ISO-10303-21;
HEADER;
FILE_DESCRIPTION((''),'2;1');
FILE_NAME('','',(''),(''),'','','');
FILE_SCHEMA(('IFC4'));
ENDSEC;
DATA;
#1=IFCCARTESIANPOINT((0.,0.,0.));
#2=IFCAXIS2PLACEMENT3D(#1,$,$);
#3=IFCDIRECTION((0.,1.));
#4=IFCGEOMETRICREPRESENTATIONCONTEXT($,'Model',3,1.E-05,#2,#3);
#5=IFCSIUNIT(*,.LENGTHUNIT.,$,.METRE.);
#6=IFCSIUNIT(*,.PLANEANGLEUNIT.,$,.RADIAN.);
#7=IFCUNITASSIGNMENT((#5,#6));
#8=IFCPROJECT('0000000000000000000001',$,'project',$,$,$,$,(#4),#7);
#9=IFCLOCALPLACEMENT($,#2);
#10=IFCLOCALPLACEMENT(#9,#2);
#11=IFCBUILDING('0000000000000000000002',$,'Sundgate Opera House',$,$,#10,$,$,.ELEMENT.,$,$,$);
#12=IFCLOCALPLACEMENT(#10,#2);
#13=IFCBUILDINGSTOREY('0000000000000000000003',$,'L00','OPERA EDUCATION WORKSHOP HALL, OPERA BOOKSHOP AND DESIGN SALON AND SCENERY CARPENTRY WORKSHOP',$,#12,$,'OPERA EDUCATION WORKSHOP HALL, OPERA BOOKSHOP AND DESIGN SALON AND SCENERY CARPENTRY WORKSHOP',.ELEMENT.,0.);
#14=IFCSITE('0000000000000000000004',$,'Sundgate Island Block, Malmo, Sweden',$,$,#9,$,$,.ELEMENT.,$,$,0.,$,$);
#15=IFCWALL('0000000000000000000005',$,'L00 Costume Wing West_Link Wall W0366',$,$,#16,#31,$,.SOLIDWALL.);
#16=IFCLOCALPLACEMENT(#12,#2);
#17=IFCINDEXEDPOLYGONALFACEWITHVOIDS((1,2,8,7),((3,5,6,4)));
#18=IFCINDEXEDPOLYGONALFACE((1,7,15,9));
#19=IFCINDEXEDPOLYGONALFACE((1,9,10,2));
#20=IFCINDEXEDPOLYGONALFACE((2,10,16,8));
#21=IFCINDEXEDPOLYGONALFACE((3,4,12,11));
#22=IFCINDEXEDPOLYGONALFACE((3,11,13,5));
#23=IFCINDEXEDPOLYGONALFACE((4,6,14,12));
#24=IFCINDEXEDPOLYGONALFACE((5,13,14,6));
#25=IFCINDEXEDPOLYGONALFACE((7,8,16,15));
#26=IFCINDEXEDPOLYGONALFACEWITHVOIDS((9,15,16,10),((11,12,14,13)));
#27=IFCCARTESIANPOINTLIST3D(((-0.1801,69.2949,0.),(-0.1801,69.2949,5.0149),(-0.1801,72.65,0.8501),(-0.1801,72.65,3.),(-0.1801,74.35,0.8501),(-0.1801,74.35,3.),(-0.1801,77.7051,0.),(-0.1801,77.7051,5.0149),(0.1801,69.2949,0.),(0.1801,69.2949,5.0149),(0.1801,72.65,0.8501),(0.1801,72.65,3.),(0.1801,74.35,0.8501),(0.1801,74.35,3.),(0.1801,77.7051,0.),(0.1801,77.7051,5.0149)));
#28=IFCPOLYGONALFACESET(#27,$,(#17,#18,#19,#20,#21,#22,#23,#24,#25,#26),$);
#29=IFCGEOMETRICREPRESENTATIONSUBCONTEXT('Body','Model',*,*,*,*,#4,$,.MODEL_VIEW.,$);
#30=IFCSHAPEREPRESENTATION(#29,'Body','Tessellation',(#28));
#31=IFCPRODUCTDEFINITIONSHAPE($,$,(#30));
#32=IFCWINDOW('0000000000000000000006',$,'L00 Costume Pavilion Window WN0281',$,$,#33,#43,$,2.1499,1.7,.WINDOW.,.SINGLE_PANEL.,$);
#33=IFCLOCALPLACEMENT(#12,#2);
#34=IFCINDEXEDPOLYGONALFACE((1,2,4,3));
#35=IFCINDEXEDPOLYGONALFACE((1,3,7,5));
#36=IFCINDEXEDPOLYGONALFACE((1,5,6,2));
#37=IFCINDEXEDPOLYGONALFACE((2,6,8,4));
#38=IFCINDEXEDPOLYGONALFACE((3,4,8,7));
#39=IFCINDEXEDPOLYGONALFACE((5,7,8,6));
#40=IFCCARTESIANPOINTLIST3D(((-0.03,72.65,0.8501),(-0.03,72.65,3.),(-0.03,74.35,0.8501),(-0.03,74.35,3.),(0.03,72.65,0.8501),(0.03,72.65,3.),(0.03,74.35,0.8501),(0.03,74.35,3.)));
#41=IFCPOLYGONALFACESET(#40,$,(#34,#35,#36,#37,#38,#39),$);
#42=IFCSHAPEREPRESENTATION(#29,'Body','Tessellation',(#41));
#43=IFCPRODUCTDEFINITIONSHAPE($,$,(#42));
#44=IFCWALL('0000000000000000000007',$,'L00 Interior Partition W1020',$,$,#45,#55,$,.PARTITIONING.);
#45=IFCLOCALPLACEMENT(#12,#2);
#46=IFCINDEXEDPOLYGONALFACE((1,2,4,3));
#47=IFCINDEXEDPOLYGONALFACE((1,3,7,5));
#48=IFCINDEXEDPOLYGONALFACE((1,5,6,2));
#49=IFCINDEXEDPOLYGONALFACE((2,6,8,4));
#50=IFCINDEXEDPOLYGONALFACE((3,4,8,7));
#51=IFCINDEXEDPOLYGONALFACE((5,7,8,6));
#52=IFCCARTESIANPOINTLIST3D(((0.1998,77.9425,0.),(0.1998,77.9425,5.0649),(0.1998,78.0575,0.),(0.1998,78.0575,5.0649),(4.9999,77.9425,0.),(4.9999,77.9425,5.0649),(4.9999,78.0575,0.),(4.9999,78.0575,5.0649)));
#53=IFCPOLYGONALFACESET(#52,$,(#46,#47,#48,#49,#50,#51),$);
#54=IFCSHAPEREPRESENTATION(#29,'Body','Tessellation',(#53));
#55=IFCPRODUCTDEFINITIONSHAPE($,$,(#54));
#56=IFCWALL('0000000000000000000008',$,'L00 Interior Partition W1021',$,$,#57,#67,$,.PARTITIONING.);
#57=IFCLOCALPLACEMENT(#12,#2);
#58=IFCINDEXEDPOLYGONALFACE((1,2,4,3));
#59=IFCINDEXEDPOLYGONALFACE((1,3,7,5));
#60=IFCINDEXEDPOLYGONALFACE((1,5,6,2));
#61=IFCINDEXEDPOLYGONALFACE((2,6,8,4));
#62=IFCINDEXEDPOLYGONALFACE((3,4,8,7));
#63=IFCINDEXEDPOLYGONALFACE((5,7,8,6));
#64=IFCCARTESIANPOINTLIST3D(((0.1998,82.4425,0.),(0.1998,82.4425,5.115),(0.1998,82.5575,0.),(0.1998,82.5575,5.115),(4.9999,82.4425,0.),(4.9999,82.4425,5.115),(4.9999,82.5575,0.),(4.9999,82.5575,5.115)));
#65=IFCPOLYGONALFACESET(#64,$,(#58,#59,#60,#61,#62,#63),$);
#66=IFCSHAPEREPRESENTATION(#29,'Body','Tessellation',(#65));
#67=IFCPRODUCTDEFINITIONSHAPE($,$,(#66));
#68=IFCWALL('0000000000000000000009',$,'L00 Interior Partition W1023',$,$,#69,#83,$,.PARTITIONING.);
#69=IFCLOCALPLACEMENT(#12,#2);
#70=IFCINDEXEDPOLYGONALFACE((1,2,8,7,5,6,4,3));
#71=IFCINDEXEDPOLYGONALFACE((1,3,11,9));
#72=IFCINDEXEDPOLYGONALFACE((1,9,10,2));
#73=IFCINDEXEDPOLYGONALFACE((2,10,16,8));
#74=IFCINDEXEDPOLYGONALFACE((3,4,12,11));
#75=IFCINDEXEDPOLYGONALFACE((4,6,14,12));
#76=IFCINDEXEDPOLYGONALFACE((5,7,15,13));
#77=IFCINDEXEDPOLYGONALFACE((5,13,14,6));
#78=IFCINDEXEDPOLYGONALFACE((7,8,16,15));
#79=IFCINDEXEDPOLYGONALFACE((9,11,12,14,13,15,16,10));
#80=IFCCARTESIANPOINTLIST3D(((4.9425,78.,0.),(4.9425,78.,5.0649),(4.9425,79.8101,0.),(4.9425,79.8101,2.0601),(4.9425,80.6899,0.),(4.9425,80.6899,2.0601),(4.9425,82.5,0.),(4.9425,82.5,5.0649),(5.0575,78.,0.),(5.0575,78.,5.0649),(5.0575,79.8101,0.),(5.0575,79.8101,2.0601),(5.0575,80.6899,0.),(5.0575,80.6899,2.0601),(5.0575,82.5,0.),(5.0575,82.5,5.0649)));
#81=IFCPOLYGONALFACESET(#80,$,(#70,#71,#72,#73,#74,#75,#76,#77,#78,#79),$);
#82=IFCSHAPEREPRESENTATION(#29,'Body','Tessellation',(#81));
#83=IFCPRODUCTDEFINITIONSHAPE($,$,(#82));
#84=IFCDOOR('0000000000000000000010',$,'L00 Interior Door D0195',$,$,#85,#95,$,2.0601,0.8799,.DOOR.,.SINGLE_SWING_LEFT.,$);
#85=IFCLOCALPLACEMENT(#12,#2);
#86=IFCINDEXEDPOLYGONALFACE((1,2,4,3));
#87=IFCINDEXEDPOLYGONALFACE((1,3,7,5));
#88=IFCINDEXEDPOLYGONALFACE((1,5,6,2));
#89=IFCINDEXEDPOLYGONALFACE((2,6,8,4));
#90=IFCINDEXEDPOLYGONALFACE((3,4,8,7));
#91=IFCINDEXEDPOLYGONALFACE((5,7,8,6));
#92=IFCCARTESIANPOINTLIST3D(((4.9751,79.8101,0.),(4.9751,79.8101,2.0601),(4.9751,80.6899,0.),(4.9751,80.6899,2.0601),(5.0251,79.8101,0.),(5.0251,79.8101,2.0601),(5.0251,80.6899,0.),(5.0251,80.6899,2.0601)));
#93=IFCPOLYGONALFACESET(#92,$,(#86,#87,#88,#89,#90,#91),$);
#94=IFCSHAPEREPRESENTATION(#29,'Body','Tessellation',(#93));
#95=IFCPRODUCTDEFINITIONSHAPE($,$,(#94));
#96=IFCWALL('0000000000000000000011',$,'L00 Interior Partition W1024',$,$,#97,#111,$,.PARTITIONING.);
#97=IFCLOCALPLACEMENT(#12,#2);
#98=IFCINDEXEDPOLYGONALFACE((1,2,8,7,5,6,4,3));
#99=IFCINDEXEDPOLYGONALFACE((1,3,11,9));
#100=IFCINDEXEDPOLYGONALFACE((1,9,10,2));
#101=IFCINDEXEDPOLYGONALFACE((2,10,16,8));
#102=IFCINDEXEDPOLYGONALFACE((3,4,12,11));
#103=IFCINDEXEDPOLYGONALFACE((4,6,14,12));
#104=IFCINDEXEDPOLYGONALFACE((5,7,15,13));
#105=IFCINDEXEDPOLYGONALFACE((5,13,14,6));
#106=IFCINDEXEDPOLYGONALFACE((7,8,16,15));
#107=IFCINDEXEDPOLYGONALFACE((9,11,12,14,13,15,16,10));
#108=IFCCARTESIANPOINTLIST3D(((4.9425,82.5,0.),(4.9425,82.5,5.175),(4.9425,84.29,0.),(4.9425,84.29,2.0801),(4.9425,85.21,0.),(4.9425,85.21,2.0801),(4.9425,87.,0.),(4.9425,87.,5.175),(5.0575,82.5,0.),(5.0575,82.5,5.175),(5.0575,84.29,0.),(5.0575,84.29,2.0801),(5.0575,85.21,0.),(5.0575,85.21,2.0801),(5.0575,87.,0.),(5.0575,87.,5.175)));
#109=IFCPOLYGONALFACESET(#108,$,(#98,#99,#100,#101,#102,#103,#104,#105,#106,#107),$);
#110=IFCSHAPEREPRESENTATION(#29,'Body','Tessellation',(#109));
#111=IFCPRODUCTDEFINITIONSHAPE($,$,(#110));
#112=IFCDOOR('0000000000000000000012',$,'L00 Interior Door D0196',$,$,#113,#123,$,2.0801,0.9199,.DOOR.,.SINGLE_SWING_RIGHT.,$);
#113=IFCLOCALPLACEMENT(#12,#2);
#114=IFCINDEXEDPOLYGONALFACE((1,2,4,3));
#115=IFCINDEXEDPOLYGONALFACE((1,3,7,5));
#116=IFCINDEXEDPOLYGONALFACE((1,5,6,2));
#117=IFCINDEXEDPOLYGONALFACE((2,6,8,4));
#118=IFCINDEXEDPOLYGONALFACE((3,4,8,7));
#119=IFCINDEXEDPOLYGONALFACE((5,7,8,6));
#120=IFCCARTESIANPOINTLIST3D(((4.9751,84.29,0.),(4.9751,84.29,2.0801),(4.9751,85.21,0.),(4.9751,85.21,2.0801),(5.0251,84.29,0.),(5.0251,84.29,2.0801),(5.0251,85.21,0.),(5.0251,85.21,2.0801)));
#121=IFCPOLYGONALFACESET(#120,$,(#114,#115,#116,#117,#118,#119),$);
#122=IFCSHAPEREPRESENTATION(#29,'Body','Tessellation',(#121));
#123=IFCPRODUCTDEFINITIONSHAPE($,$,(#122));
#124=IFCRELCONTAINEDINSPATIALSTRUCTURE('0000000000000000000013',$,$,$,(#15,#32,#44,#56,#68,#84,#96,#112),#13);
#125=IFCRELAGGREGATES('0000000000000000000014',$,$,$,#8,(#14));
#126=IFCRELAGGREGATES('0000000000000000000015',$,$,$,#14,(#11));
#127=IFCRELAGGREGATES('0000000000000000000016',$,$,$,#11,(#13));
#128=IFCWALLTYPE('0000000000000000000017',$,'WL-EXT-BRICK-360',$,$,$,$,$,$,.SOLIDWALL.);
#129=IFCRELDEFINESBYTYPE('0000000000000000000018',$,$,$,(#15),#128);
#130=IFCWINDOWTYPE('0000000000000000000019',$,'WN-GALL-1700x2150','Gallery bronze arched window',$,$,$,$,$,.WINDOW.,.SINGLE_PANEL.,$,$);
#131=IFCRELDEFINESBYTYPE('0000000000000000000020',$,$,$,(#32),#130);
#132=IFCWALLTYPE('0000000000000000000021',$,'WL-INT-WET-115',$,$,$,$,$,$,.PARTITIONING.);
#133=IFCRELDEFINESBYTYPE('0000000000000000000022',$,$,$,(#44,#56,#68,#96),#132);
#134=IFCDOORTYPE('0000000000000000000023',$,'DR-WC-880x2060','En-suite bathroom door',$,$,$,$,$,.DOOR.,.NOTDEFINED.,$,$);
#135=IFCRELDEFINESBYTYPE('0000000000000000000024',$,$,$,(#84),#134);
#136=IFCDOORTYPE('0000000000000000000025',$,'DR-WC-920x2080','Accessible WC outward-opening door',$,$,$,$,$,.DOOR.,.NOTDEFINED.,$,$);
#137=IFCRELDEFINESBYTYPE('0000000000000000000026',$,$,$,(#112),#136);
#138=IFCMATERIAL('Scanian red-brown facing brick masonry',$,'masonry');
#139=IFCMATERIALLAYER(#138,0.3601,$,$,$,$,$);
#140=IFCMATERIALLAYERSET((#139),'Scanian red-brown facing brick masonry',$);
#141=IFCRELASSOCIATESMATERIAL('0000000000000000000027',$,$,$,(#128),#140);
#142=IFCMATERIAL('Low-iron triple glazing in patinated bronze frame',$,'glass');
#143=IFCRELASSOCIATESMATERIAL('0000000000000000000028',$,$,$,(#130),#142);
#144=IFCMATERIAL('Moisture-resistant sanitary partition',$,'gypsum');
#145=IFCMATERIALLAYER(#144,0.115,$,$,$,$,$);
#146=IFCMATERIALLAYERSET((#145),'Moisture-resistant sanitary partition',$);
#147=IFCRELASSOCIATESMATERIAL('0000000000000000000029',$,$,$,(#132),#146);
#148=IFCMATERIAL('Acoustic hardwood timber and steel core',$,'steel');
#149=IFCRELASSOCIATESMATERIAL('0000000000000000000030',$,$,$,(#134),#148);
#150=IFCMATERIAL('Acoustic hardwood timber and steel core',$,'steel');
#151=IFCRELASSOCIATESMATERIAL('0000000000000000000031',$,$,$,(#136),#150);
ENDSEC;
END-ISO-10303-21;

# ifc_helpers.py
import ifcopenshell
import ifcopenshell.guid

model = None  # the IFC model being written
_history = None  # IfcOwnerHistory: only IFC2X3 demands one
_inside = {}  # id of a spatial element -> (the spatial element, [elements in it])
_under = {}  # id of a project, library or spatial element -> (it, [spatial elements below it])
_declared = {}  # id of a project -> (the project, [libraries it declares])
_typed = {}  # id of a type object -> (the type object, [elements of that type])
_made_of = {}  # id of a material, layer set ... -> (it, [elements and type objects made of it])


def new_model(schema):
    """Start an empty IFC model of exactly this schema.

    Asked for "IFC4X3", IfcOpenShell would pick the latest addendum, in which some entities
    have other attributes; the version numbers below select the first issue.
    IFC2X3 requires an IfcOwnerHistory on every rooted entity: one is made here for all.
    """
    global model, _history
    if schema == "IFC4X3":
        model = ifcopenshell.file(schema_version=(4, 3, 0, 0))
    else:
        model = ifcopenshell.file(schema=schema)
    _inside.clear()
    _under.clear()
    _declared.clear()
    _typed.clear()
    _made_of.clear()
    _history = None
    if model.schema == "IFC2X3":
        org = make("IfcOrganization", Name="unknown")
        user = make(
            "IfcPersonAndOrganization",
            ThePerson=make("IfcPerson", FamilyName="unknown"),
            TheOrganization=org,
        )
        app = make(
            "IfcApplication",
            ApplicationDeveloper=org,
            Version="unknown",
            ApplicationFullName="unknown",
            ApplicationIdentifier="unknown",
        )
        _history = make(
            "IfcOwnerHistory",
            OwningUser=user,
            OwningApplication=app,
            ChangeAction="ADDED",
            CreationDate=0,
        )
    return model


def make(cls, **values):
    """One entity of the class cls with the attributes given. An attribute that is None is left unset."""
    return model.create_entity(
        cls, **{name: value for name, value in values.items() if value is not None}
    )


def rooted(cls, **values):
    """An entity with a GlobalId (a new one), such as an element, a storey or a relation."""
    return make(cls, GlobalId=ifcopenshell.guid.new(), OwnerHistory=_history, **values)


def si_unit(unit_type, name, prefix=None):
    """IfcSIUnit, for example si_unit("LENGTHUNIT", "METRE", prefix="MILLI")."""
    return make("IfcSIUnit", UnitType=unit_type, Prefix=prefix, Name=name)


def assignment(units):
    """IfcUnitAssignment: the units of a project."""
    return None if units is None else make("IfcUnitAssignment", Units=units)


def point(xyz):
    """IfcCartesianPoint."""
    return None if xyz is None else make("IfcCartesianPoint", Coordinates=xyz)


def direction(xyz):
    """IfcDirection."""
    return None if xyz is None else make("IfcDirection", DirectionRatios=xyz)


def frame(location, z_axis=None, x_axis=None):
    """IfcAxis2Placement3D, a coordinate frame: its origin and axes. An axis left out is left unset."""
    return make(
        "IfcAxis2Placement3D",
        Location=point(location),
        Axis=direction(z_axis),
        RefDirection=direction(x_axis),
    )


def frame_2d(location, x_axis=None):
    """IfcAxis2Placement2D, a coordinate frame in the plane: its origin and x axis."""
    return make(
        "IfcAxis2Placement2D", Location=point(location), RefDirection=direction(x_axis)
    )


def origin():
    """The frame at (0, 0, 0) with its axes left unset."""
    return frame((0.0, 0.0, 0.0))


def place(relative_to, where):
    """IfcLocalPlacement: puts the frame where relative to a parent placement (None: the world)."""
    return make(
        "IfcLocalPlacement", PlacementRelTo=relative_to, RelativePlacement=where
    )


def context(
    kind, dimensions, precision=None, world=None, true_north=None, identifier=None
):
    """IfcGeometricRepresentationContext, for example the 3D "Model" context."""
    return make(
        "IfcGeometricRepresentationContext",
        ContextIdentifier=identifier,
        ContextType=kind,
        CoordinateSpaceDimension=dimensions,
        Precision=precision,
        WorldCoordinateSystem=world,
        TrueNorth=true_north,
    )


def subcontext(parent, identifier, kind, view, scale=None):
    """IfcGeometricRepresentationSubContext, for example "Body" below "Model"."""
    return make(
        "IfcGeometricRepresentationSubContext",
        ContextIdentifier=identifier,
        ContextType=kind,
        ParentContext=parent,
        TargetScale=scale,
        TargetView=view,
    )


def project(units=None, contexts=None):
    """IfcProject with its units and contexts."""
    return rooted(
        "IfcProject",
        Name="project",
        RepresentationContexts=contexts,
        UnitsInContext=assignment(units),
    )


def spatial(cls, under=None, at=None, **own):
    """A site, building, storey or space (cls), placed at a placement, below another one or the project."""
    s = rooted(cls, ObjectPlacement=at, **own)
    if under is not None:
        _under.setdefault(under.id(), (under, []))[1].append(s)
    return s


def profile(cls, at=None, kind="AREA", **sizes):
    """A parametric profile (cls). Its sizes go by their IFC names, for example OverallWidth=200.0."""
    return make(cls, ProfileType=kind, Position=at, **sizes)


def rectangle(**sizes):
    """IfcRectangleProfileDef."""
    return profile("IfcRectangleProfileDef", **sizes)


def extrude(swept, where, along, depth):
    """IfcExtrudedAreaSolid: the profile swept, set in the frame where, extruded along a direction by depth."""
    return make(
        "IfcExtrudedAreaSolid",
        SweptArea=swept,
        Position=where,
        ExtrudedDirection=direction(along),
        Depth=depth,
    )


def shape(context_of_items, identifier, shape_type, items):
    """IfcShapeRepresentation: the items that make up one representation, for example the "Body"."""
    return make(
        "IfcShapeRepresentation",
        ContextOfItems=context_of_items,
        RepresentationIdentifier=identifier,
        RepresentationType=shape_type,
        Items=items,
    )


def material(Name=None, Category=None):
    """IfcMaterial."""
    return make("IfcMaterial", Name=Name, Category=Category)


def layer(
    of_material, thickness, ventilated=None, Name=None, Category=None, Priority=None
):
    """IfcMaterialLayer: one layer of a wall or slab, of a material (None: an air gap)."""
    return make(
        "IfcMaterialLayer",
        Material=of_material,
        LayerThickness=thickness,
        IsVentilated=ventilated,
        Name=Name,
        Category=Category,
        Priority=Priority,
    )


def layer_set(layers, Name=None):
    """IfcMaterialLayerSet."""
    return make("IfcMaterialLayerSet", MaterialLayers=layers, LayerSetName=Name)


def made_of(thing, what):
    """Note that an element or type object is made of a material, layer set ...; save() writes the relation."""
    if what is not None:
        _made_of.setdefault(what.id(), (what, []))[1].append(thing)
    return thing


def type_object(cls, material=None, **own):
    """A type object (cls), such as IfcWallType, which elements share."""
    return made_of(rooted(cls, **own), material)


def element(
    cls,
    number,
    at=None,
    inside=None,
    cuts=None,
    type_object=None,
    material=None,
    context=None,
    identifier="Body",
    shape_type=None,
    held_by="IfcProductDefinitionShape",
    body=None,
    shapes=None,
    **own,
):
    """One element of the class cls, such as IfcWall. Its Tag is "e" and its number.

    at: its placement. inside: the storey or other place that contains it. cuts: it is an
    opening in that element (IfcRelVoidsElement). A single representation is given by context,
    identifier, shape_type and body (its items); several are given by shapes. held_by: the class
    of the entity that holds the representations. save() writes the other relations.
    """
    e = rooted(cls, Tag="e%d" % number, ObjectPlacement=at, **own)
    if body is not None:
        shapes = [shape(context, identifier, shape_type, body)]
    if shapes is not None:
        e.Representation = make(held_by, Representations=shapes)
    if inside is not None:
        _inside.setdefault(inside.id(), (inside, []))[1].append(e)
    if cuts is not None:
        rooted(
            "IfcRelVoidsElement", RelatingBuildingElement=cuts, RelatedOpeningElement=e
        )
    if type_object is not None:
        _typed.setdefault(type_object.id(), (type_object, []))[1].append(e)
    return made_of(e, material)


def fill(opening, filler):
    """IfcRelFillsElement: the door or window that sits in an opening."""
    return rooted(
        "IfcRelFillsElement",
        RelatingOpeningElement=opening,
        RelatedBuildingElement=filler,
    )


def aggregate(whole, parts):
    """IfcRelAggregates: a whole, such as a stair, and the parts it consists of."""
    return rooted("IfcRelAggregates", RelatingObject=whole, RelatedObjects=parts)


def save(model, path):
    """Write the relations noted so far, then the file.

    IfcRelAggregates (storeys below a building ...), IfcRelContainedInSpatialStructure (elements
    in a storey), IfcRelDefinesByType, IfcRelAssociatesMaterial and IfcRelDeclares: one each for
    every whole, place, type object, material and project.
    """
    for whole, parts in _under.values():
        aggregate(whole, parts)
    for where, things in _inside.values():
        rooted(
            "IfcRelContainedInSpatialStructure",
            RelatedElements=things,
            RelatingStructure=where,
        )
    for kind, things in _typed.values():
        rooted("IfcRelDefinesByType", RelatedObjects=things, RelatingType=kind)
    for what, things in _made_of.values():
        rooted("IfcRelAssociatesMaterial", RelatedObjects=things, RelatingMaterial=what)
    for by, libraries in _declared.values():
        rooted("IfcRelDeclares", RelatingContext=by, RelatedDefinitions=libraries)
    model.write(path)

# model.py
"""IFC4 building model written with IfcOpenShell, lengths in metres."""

from ifc_helpers import new_model, si_unit, direction, frame, frame_2d, origin, place, context, subcontext, project, spatial, rectangle, extrude, material, layer, layer_set, type_object, element, fill, save


model = new_model("IFC4")

# Units and contexts
model_context = context("Model", 3, precision=1e-05, world=origin(), true_north=direction((0.0, 1.0)))
body_context = subcontext(model_context, "Body", "Model", "MODEL_VIEW")
ifc_project = project(units=[si_unit("LENGTHUNIT", "METRE"), si_unit("PLANEANGLEUNIT", "RADIAN")], contexts=[model_context])

# Site, building, storey
site_placement = place(None, origin())
site = spatial("IfcSite", under=ifc_project, at=site_placement, Name="Sundgate Island Block, Malmo, Sweden", CompositionType="ELEMENT", RefElevation=0.0)
building_placement = place(site_placement, origin())
building = spatial("IfcBuilding", under=site, at=building_placement, Name="Sundgate Opera House", CompositionType="ELEMENT")
storey_placement = place(building_placement, origin())
storey = spatial("IfcBuildingStorey", under=building, at=storey_placement, Name="L00", Description="OPERA EDUCATION WORKSHOP HALL, OPERA BOOKSHOP AND DESIGN SALON AND SCENERY CARPENTRY WORKSHOP", LongName="OPERA EDUCATION WORKSHOP HALL, OPERA BOOKSHOP AND DESIGN SALON AND SCENERY CARPENTRY WORKSHOP", CompositionType="ELEMENT", Elevation=0.0)

# Wall, opening, window
ifc_material_1 = material(Name="Scanian red-brown facing brick masonry", Category="masonry")
ifc_layer_1 = layer(ifc_material_1, 0.3601)
ifc_layer_set_1 = layer_set([ifc_layer_1], Name="Scanian red-brown facing brick masonry")
wall_type_1 = type_object("IfcWallType", Name="WL-EXT-BRICK-360", PredefinedType="SOLIDWALL", material=ifc_layer_set_1)
wall_1_placement = place(storey_placement, frame((0.0, 77.7051, 0.0), z_axis=(0.0, 0.0, 1.0), x_axis=(0.0, -1.0, 0.0)))
wall_1 = element("IfcWall", 1, at=wall_1_placement, inside=storey, type_object=wall_type_1, Name="L00 Costume Wing West_Link Wall W0366", PredefinedType="SOLIDWALL", context=body_context, shape_type="SweptSolid", body=[
    extrude(rectangle(XDim=8.4102, YDim=0.3601, at=frame_2d((4.2051, 0.0))), origin(), (0.0, 0.0, 1.0), 5.0149),
])
opening_1_placement = place(wall_1_placement, frame((3.355, 0.0, 0.8501)))
opening_1 = element("IfcOpeningElement", 2, at=opening_1_placement, cuts=wall_1, PredefinedType="OPENING", context=body_context, shape_type="SweptSolid", body=[
    extrude(rectangle(XDim=1.7, YDim=2.1499, at=frame_2d((0.8501, 1.075))), frame((0.0, 0.1899, 0.0), z_axis=(0.0, -1.0, 0.0), x_axis=(1.0, 0.0, 0.0)), (0.0, 0.0, 1.0), 0.3801),
])
ifc_material_2 = material(Name="Low-iron triple glazing in patinated bronze frame", Category="glass")
window_type_1 = type_object("IfcWindowType", Name="WN-GALL-1700x2150", Description="Gallery bronze arched window", PartitioningType="SINGLE_PANEL", PredefinedType="WINDOW", material=ifc_material_2)
window_1_placement = place(opening_1_placement, origin())
window_1 = element("IfcWindow", 3, at=window_1_placement, inside=storey, type_object=window_type_1, Name="L00 Costume Pavilion Window WN0281", OverallHeight=2.1499, OverallWidth=1.7, PartitioningType="SINGLE_PANEL", PredefinedType="WINDOW", context=body_context, shape_type="SweptSolid", body=[
    extrude(rectangle(XDim=1.7, YDim=2.1499, at=frame_2d((0.8501, 1.075))), frame((0.0, 0.03, 0.0), z_axis=(0.0, -1.0, 0.0), x_axis=(1.0, 0.0, 0.0)), (0.0, 0.0, 1.0), 0.0601),
])
fill(opening_1, window_1)

# Walls
ifc_material_3 = material(Name="Moisture-resistant sanitary partition", Category="gypsum")
ifc_layer_2 = layer(ifc_material_3, 0.115)
ifc_layer_set_2 = layer_set([ifc_layer_2], Name="Moisture-resistant sanitary partition")
wall_type_2 = type_object("IfcWallType", Name="WL-INT-WET-115", PredefinedType="PARTITIONING", material=ifc_layer_set_2)
wall_2_placement = place(storey_placement, frame((0.2, 78.0, 0.0), z_axis=(0.0, 0.0, 1.0), x_axis=(1.0, 0.0, 0.0)))
element("IfcWall", 4, at=wall_2_placement, inside=storey, type_object=wall_type_2, Name="L00 Interior Partition W1020", PredefinedType="PARTITIONING", context=body_context, shape_type="SweptSolid", body=[
    extrude(rectangle(XDim=4.8, YDim=0.115, at=frame_2d((2.3999, 0.0))), origin(), (0.0, 0.0, 1.0), 5.0649),
])
wall_3_placement = place(storey_placement, frame((0.2, 82.5, 0.0), z_axis=(0.0, 0.0, 1.0), x_axis=(1.0, 0.0, 0.0)))
element("IfcWall", 5, at=wall_3_placement, inside=storey, type_object=wall_type_2, Name="L00 Interior Partition W1021", PredefinedType="PARTITIONING", context=body_context, shape_type="SweptSolid", body=[
    extrude(rectangle(XDim=4.8, YDim=0.115, at=frame_2d((2.3999, 0.0))), origin(), (0.0, 0.0, 1.0), 5.115),
])

# Walls, openings, doors
wall_4_placement = place(storey_placement, frame((5.0, 78.0, 0.0), z_axis=(0.0, 0.0, 1.0), x_axis=(0.0, 1.0, 0.0)))
wall_4 = element("IfcWall", 6, at=wall_4_placement, inside=storey, type_object=wall_type_2, Name="L00 Interior Partition W1023", PredefinedType="PARTITIONING", context=body_context, shape_type="SweptSolid", body=[
    extrude(rectangle(XDim=4.5, YDim=0.115, at=frame_2d((2.25, 0.0))), origin(), (0.0, 0.0, 1.0), 5.0649),
])
opening_2_placement = place(wall_4_placement, frame((1.8101, 0.0, 0.0)))
opening_2 = element("IfcOpeningElement", 7, at=opening_2_placement, cuts=wall_4, PredefinedType="OPENING", context=body_context, shape_type="SweptSolid", body=[
    extrude(rectangle(XDim=0.8799, YDim=2.0601, at=frame_2d((0.4399, 1.03))), frame((0.0, 0.0674, 0.0), z_axis=(0.0, -1.0, 0.0), x_axis=(1.0, 0.0, 0.0)), (0.0, 0.0, 1.0), 0.135),
])
ifc_material_4 = material(Name="Acoustic hardwood timber and steel core", Category="steel")
door_type_1 = type_object("IfcDoorType", Name="DR-WC-880x2060", Description="En-suite bathroom door", OperationType="NOTDEFINED", PredefinedType="DOOR", material=ifc_material_4)
door_1_placement = place(opening_2_placement, origin())
door_1 = element("IfcDoor", 8, at=door_1_placement, inside=storey, type_object=door_type_1, Name="L00 Interior Door D0195", OperationType="SINGLE_SWING_LEFT", OverallHeight=2.0601, OverallWidth=0.8799, PredefinedType="DOOR", context=body_context, shape_type="SweptSolid", body=[
    extrude(rectangle(XDim=0.8799, YDim=2.0601, at=frame_2d((0.4399, 1.03))), frame((0.0, 0.0249, 0.0), z_axis=(0.0, -1.0, 0.0), x_axis=(1.0, 0.0, 0.0)), (0.0, 0.0, 1.0), 0.05),
])
fill(opening_2, door_1)
wall_5_placement = place(storey_placement, frame((5.0, 82.5, 0.0), z_axis=(0.0, 0.0, 1.0), x_axis=(0.0, 1.0, 0.0)))
wall_5 = element("IfcWall", 9, at=wall_5_placement, inside=storey, type_object=wall_type_2, Name="L00 Interior Partition W1024", PredefinedType="PARTITIONING", context=body_context, shape_type="SweptSolid", body=[
    extrude(rectangle(XDim=4.5, YDim=0.115, at=frame_2d((2.25, 0.0))), origin(), (0.0, 0.0, 1.0), 5.175),
])
opening_3_placement = place(wall_5_placement, frame((1.79, 0.0, 0.0)))
opening_3 = element("IfcOpeningElement", 10, at=opening_3_placement, cuts=wall_5, PredefinedType="OPENING", context=body_context, shape_type="SweptSolid", body=[
    extrude(rectangle(XDim=0.9199, YDim=2.0801, at=frame_2d((0.46, 1.04))), frame((0.0, 0.0674, 0.0), z_axis=(0.0, -1.0, 0.0), x_axis=(1.0, 0.0, 0.0)), (0.0, 0.0, 1.0), 0.135),
])
ifc_material_5 = material(Name="Acoustic hardwood timber and steel core", Category="steel")
door_type_2 = type_object("IfcDoorType", Name="DR-WC-920x2080", Description="Accessible WC outward-opening door", OperationType="NOTDEFINED", PredefinedType="DOOR", material=ifc_material_5)
door_2_placement = place(opening_3_placement, origin())
door_2 = element("IfcDoor", 11, at=door_2_placement, inside=storey, type_object=door_type_2, Name="L00 Interior Door D0196", OperationType="SINGLE_SWING_RIGHT", OverallHeight=2.0801, OverallWidth=0.9199, PredefinedType="DOOR", context=body_context, shape_type="SweptSolid", body=[
    extrude(rectangle(XDim=0.9199, YDim=2.0801, at=frame_2d((0.46, 1.04))), frame((0.0, 0.0249, 0.0), z_axis=(0.0, -1.0, 0.0), x_axis=(1.0, 0.0, 0.0)), (0.0, 0.0, 1.0), 0.05),
])
fill(opening_3, door_2)

save(model, "model.ifc")
